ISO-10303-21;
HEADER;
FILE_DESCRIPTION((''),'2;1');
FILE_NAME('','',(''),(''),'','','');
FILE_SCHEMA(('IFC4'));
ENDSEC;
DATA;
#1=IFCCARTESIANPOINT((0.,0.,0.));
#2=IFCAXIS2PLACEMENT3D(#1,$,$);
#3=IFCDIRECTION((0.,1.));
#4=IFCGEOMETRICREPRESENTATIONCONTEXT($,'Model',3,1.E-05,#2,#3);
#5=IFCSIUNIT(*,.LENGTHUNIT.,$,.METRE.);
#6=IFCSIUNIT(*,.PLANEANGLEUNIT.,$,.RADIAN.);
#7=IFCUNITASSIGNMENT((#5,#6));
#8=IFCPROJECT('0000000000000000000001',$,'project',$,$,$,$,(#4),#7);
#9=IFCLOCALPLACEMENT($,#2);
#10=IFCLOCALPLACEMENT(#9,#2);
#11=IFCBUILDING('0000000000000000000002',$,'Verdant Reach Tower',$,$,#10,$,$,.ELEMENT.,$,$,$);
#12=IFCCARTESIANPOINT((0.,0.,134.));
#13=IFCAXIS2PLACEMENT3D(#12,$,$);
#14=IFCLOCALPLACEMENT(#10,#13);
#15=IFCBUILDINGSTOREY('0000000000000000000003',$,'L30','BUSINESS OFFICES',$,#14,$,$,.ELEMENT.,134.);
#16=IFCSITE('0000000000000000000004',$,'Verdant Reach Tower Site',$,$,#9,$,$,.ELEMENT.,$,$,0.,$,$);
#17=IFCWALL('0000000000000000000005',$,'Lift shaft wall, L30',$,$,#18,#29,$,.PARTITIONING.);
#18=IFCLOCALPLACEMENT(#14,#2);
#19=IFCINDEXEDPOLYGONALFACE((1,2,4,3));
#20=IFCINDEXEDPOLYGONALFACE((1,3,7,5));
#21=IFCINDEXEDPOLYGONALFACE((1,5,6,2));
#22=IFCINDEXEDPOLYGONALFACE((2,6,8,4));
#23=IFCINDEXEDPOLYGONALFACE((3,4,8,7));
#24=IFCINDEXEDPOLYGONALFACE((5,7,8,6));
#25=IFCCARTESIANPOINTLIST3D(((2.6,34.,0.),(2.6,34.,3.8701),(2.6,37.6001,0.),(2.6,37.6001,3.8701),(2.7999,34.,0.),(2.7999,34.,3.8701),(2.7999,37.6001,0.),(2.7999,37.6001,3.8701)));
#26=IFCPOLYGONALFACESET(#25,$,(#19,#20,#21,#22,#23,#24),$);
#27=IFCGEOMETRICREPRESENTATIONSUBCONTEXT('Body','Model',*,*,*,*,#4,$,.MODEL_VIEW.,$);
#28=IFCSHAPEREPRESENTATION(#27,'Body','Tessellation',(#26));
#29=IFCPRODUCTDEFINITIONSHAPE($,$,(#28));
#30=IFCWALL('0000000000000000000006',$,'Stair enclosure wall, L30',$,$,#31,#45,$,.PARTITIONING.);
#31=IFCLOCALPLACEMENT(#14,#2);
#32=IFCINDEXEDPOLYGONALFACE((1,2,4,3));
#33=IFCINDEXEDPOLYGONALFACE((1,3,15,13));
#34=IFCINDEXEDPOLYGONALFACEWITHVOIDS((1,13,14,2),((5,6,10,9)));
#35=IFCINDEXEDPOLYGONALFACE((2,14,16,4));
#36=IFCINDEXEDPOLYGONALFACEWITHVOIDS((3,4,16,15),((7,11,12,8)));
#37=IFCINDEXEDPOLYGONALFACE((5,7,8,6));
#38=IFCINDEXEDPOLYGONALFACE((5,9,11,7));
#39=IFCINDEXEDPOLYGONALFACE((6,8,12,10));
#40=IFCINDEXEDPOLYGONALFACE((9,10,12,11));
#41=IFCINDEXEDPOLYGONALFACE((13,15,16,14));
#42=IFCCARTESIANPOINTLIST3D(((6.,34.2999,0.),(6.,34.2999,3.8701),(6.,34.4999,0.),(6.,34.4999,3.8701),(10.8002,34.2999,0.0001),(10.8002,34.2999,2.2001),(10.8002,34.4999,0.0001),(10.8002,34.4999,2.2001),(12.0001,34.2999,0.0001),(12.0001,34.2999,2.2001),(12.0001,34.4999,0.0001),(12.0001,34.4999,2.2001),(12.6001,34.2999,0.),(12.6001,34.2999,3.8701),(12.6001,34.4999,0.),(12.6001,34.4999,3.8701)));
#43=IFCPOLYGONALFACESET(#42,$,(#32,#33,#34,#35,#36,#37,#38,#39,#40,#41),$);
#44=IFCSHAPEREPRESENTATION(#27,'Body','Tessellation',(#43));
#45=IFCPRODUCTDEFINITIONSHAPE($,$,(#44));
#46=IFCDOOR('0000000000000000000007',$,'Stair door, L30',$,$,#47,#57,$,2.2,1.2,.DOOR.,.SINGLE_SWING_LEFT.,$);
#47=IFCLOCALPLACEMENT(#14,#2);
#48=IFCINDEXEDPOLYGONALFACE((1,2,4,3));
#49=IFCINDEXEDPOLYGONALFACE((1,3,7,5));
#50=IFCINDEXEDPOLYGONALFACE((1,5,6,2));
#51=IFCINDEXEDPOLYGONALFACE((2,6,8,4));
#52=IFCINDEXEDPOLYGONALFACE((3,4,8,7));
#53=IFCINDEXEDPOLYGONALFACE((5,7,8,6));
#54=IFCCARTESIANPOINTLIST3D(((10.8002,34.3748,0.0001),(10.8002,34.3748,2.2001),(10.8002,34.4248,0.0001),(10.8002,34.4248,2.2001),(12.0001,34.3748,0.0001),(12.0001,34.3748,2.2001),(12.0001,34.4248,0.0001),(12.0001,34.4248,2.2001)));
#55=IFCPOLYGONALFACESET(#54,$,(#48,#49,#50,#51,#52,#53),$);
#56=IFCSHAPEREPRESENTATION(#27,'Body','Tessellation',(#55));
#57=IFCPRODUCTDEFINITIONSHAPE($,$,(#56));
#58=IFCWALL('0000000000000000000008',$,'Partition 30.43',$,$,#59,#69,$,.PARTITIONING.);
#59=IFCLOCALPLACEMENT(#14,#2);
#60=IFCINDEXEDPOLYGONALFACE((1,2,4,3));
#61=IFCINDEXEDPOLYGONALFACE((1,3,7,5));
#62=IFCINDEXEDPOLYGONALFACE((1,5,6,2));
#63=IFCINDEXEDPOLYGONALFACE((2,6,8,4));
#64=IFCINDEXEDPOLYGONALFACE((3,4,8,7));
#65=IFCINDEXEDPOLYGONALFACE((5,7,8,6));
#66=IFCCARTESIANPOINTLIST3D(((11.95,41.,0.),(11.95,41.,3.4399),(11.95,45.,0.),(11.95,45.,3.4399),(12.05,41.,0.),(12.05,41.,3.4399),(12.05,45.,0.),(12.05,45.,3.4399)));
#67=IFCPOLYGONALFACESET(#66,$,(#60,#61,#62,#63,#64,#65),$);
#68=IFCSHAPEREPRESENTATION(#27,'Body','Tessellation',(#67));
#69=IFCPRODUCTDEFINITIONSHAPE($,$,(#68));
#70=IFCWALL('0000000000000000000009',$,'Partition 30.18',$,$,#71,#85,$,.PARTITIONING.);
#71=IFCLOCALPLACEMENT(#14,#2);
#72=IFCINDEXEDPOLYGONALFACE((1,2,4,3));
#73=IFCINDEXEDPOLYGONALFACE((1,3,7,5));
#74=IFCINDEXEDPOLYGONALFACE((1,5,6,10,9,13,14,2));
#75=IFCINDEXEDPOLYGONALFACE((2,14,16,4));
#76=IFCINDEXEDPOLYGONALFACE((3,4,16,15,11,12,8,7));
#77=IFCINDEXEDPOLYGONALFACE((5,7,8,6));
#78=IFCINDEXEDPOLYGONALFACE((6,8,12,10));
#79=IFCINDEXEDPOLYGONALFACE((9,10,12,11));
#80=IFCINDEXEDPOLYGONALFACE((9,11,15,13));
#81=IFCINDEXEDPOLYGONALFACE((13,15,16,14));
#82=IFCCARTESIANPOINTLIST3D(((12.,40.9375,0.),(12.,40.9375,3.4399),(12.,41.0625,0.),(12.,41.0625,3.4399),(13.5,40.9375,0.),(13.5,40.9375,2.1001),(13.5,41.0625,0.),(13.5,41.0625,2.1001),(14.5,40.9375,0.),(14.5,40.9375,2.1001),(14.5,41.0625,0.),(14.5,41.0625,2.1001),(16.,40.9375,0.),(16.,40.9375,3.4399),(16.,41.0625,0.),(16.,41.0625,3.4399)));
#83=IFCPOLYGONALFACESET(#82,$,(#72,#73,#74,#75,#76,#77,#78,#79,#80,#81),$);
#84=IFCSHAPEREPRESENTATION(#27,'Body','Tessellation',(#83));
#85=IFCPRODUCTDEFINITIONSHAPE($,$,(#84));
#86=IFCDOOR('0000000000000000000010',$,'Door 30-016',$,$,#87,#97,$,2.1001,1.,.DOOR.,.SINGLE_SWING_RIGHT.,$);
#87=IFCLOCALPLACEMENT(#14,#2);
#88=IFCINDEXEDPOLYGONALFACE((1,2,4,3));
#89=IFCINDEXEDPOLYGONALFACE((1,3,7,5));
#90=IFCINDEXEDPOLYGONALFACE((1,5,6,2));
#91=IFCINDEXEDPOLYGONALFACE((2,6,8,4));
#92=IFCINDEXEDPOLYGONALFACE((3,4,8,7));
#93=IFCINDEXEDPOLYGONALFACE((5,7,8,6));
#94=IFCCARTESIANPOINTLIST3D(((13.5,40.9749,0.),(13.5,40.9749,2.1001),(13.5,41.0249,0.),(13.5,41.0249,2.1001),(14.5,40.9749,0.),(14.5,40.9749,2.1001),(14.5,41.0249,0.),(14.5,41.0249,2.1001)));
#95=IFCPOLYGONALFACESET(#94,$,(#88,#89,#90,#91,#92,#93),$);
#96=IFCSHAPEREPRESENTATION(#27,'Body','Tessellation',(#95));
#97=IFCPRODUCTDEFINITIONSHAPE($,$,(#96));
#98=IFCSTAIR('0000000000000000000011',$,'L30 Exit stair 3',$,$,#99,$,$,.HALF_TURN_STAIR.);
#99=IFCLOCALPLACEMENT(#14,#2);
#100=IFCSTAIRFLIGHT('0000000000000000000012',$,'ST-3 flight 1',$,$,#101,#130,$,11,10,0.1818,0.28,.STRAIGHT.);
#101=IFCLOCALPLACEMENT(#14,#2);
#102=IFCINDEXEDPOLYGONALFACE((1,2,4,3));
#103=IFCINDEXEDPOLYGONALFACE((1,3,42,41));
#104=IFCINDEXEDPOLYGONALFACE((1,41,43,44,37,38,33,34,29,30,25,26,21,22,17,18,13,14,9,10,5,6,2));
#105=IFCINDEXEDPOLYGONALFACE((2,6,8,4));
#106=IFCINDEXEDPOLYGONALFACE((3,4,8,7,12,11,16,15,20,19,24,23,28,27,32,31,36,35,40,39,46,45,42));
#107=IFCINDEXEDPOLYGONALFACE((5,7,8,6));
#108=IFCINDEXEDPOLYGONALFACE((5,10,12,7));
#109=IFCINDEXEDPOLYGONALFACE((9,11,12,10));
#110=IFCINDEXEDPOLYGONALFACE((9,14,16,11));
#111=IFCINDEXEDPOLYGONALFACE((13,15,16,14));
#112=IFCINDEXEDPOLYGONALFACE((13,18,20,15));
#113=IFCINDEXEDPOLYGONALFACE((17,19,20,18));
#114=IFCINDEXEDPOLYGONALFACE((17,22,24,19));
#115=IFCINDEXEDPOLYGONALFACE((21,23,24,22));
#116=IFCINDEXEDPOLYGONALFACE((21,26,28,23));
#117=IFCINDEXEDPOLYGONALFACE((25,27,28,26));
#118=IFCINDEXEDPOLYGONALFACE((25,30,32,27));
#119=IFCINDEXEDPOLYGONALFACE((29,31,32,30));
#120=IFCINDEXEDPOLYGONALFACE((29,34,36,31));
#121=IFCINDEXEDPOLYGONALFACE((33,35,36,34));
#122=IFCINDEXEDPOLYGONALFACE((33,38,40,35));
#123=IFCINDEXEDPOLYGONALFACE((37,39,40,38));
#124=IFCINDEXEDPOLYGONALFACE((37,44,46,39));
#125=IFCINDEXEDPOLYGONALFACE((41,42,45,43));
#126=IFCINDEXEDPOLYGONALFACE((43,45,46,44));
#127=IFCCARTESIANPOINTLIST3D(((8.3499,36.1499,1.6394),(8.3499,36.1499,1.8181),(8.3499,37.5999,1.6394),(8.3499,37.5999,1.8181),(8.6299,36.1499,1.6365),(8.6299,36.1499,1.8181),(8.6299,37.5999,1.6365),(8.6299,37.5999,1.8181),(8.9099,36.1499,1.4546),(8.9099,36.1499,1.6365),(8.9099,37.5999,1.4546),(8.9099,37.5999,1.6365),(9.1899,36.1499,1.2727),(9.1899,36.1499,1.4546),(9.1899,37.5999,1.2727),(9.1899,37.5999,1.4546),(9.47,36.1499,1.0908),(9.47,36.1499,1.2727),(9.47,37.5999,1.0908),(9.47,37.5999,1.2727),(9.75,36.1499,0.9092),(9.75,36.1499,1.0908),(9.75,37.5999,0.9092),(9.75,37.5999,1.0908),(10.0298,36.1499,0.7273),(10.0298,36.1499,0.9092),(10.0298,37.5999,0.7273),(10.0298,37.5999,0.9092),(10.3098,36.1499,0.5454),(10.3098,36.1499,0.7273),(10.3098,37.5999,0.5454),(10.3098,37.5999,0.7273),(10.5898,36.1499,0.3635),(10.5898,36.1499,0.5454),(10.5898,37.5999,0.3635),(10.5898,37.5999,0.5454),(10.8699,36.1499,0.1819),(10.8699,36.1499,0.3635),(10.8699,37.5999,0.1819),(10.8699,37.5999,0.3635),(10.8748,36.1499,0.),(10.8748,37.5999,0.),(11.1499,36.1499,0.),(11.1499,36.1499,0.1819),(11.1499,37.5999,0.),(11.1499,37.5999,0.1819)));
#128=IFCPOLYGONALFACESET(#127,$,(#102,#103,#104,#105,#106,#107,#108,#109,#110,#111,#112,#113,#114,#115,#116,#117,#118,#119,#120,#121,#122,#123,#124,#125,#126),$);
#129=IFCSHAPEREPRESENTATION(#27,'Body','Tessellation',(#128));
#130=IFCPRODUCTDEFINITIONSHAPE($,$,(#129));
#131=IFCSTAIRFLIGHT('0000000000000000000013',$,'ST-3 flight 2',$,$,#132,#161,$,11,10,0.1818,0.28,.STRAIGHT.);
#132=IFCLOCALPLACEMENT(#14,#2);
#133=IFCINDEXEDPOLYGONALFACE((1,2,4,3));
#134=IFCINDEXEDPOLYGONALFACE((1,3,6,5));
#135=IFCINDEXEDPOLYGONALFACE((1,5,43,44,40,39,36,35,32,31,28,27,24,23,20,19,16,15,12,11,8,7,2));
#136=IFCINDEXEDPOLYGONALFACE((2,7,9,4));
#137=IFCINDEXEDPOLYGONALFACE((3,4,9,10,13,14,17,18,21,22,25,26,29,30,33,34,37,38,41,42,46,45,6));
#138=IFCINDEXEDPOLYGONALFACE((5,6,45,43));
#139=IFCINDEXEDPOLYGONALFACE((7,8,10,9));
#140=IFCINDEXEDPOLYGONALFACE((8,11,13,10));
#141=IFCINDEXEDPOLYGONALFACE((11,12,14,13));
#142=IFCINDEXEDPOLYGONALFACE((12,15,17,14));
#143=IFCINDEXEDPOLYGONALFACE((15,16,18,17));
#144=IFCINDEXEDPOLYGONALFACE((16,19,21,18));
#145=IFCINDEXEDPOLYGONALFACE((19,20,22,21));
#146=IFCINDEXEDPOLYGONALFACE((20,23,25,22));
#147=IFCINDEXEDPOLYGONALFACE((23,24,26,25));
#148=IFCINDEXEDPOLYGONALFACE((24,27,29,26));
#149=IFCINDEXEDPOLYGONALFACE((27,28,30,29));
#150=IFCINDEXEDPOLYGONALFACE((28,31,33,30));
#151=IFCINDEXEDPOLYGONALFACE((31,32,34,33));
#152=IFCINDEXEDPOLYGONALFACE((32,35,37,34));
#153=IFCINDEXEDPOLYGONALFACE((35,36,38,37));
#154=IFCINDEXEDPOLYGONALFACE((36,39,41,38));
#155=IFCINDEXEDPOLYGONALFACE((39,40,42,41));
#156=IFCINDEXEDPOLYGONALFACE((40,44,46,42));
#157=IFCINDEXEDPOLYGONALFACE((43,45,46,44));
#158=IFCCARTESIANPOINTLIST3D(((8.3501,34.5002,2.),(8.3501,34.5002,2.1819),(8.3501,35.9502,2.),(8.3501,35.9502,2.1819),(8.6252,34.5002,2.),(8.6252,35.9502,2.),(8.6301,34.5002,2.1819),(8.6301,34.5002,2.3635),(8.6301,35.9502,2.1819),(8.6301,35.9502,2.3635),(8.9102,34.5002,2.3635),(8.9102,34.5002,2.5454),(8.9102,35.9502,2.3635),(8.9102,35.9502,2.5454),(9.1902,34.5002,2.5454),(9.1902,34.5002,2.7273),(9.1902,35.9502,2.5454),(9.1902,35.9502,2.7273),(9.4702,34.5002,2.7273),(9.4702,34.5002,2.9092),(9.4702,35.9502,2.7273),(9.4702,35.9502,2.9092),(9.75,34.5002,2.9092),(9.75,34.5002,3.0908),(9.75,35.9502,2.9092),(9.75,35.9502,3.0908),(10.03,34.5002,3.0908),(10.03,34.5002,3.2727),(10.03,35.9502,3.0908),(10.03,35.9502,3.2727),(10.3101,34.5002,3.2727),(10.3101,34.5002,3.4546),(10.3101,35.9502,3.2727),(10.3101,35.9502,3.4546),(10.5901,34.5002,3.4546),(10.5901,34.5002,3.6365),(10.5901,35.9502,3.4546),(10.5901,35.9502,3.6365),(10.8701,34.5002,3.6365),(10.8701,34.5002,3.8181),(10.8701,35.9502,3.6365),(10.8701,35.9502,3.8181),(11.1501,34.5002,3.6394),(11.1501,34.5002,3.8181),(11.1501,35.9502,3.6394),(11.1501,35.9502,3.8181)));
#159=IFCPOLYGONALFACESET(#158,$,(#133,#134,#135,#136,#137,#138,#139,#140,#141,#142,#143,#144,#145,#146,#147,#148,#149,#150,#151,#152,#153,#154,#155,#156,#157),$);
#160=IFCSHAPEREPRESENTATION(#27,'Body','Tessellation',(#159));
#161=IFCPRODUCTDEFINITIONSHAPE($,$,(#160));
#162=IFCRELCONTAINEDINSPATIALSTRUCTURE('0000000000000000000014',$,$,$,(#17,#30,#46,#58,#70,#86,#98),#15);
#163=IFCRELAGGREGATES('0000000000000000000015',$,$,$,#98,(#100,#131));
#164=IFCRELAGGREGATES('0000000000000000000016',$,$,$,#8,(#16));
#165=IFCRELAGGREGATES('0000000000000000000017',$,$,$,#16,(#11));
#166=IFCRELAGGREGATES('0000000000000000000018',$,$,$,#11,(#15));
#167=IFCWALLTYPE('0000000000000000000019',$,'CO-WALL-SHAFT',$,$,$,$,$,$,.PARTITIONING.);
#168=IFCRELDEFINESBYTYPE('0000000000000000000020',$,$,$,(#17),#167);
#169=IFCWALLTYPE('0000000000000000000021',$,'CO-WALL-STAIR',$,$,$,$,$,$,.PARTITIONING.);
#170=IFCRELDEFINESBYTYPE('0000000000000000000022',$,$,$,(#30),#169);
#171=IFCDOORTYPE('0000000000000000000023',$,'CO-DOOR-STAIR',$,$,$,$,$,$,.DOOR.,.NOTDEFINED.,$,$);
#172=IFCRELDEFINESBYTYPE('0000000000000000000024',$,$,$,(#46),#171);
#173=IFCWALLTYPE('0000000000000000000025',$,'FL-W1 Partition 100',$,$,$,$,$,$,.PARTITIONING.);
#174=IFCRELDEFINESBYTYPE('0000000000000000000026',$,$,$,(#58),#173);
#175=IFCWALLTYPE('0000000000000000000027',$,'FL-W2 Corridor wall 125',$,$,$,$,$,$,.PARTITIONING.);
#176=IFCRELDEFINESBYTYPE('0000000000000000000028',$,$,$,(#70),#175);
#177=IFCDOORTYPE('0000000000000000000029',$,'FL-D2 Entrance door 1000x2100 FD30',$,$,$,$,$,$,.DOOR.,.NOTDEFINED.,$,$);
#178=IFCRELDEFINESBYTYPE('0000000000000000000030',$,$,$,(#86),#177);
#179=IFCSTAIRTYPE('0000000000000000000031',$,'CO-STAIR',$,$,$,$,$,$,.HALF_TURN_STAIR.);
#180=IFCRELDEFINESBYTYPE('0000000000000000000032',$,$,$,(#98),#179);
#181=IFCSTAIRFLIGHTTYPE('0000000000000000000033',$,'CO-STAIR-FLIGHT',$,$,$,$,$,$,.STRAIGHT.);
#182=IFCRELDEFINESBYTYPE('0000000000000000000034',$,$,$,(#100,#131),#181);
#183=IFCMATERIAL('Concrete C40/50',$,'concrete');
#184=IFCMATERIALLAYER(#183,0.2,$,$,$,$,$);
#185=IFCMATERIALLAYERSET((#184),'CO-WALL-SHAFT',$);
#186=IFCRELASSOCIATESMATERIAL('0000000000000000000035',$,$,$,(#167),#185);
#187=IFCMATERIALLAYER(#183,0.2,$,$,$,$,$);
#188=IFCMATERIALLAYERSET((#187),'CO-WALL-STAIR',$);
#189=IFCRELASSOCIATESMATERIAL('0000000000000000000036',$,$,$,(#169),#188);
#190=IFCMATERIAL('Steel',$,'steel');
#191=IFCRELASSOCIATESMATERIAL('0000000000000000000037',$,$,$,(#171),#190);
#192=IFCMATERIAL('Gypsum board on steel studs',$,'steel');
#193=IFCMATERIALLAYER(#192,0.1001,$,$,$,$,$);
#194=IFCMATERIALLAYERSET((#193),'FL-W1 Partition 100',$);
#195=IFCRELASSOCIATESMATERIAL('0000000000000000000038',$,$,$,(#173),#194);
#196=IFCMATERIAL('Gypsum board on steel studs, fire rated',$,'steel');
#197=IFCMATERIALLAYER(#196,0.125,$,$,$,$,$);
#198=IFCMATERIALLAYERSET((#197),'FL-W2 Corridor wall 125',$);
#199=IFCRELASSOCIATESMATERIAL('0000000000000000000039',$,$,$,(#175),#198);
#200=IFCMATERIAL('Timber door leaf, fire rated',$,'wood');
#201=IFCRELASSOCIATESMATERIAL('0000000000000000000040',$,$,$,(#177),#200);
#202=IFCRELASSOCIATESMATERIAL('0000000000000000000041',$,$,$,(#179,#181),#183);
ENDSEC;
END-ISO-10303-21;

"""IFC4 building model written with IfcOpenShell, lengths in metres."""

from ifc_helpers import new_model, si_unit, direction, frame, frame_2d, origin, place, context, subcontext, project, spatial, polyline, rectangle, outline, extrude, material, layer, layer_set, type_object, element, fill, aggregate, save


model = new_model("IFC4")

# Units and contexts
model_context = context("Model", 3, precision=1e-05, world=origin(), true_north=direction((0.0, 1.0)))
body_context = subcontext(model_context, "Body", "Model", "MODEL_VIEW")
ifc_project = project(units=[si_unit("LENGTHUNIT", "METRE"), si_unit("PLANEANGLEUNIT", "RADIAN")], contexts=[model_context])

# Site, building, storey
site_placement = place(None, origin())
site = spatial("IfcSite", under=ifc_project, at=site_placement, Name="Verdant Reach Tower Site", CompositionType="ELEMENT", RefElevation=0.0)
building_placement = place(site_placement, origin())
building = spatial("IfcBuilding", under=site, at=building_placement, Name="Verdant Reach Tower", CompositionType="ELEMENT")
storey_placement = place(building_placement, frame((0.0, 0.0, 134.0)))
storey = spatial("IfcBuildingStorey", under=building, at=storey_placement, Name="L30", Description="BUSINESS OFFICES", CompositionType="ELEMENT", Elevation=134.0)

# Wall
ifc_material_1 = material(Name="Concrete C40/50", Category="concrete")
ifc_layer_1 = layer(ifc_material_1, 0.2)
ifc_layer_set_1 = layer_set([ifc_layer_1], Name="CO-WALL-SHAFT")
wall_type_1 = type_object("IfcWallType", Name="CO-WALL-SHAFT", PredefinedType="PARTITIONING", material=ifc_layer_set_1)
for number, where, z_axis, x_axis, name in (
    (1, (2.7, 34.0, 0.0), (0.0, 0.0, 1.0), (0.0, 1.0, 0.0), "Lift shaft wall, L30"),
):
    element("IfcWall", number, at=place(storey_placement, frame(where, z_axis=z_axis, x_axis=x_axis)), inside=storey, type_object=wall_type_1, Name=name, PredefinedType="PARTITIONING", context=body_context, shape_type="SweptSolid", body=[
        extrude(rectangle(XDim=3.6001, YDim=0.2, at=frame_2d((1.8, 0.0))), origin(), (0.0, 0.0, 1.0), 3.8701),
    ])

# Wall, opening, door
ifc_layer_2 = layer(ifc_material_1, 0.2)
ifc_layer_set_2 = layer_set([ifc_layer_2], Name="CO-WALL-STAIR")
wall_type_2 = type_object("IfcWallType", Name="CO-WALL-STAIR", PredefinedType="PARTITIONING", material=ifc_layer_set_2)
wall_1_placement = place(storey_placement, frame((6.0, 34.3999, 0.0), z_axis=(0.0, 0.0, 1.0), x_axis=(1.0, 0.0, 0.0)))
wall_1 = element("IfcWall", 2, at=wall_1_placement, inside=storey, type_object=wall_type_2, Name="Stair enclosure wall, L30", PredefinedType="PARTITIONING", context=body_context, shape_type="SweptSolid", body=[
    extrude(rectangle(XDim=6.6001, YDim=0.2, at=frame_2d((3.3, 0.0))), origin(), (0.0, 0.0, 1.0), 3.8701),
])
opening_1_placement = place(wall_1_placement, frame((4.8, 0.0, 0.0)))
opening_1 = element("IfcOpeningElement", 3, at=opening_1_placement, cuts=wall_1, PredefinedType="OPENING", context=body_context, shape_type="SweptSolid", body=[
    extrude(rectangle(XDim=1.2, YDim=2.2, at=frame_2d((0.6001, 1.1001))), frame((0.0, 0.1099, 0.0), z_axis=(0.0, -1.0, 0.0), x_axis=(1.0, 0.0, 0.0)), (0.0, 0.0, 1.0), 0.22),
])
ifc_material_2 = material(Name="Steel", Category="steel")
door_type_1 = type_object("IfcDoorType", Name="CO-DOOR-STAIR", OperationType="NOTDEFINED", PredefinedType="DOOR", material=ifc_material_2)
door_1_placement = place(opening_1_placement, origin())
door_1 = element("IfcDoor", 4, at=door_1_placement, inside=storey, type_object=door_type_1, Name="Stair door, L30", OperationType="SINGLE_SWING_LEFT", OverallHeight=2.2, OverallWidth=1.2, PredefinedType="DOOR", context=body_context, shape_type="SweptSolid", body=[
    extrude(rectangle(XDim=1.2, YDim=2.2, at=frame_2d((0.6001, 1.1001))), frame((0.0, 0.0249, 0.0), z_axis=(0.0, -1.0, 0.0), x_axis=(1.0, 0.0, 0.0)), (0.0, 0.0, 1.0), 0.05),
])
fill(opening_1, door_1)

# Wall
ifc_material_3 = material(Name="Gypsum board on steel studs", Category="steel")
ifc_layer_3 = layer(ifc_material_3, 0.1001)
ifc_layer_set_3 = layer_set([ifc_layer_3], Name="FL-W1 Partition 100")
wall_type_3 = type_object("IfcWallType", Name="FL-W1 Partition 100", PredefinedType="PARTITIONING", material=ifc_layer_set_3)
wall_2_placement = place(storey_placement, frame((12.0, 41.0, 0.0), z_axis=(0.0, 0.0, 1.0), x_axis=(0.0, 1.0, 0.0)))
element("IfcWall", 5, at=wall_2_placement, inside=storey, type_object=wall_type_3, Name="Partition 30.43", PredefinedType="PARTITIONING", context=body_context, shape_type="SweptSolid", body=[
    extrude(rectangle(XDim=4.0, YDim=0.1001, at=frame_2d((2.0, 0.0))), origin(), (0.0, 0.0, 1.0), 3.4399),
])

# Wall, opening, door
ifc_material_4 = material(Name="Gypsum board on steel studs, fire rated", Category="steel")
ifc_layer_4 = layer(ifc_material_4, 0.125)
ifc_layer_set_4 = layer_set([ifc_layer_4], Name="FL-W2 Corridor wall 125")
wall_type_4 = type_object("IfcWallType", Name="FL-W2 Corridor wall 125", PredefinedType="PARTITIONING", material=ifc_layer_set_4)
wall_3_placement = place(storey_placement, frame((12.0, 41.0, 0.0), z_axis=(0.0, 0.0, 1.0), x_axis=(1.0, 0.0, 0.0)))
wall_3 = element("IfcWall", 6, at=wall_3_placement, inside=storey, type_object=wall_type_4, Name="Partition 30.18", PredefinedType="PARTITIONING", context=body_context, shape_type="SweptSolid", body=[
    extrude(rectangle(XDim=4.0, YDim=0.125, at=frame_2d((2.0, 0.0))), origin(), (0.0, 0.0, 1.0), 3.4399),
])
opening_2_placement = place(wall_3_placement, frame((1.5, 0.0, 0.0)))
opening_2 = element("IfcOpeningElement", 7, at=opening_2_placement, cuts=wall_3, PredefinedType="OPENING", context=body_context, shape_type="SweptSolid", body=[
    extrude(rectangle(XDim=1.0, YDim=2.1001, at=frame_2d((0.5, 1.05))), frame((0.0, 0.0725, 0.0), z_axis=(0.0, -1.0, 0.0), x_axis=(1.0, 0.0, 0.0)), (0.0, 0.0, 1.0), 0.145),
])
ifc_material_5 = material(Name="Timber door leaf, fire rated", Category="wood")
door_type_2 = type_object("IfcDoorType", Name="FL-D2 Entrance door 1000x2100 FD30", OperationType="NOTDEFINED", PredefinedType="DOOR", material=ifc_material_5)
door_2_placement = place(opening_2_placement, origin())
door_2 = element("IfcDoor", 8, at=door_2_placement, inside=storey, type_object=door_type_2, Name="Door 30-016", OperationType="SINGLE_SWING_RIGHT", OverallHeight=2.1001, OverallWidth=1.0, PredefinedType="DOOR", context=body_context, shape_type="SweptSolid", body=[
    extrude(rectangle(XDim=1.0, YDim=2.1001, at=frame_2d((0.5, 1.05))), frame((0.0, 0.0249, 0.0), z_axis=(0.0, -1.0, 0.0), x_axis=(1.0, 0.0, 0.0)), (0.0, 0.0, 1.0), 0.05),
])
fill(opening_2, door_2)

# Stair, stair flights
stair_type = type_object("IfcStairType", Name="CO-STAIR", PredefinedType="HALF_TURN_STAIR", material=ifc_material_1)
stair_placement = place(storey_placement, origin())
stair = element("IfcStair", 9, at=stair_placement, inside=storey, type_object=stair_type, Name="L30 Exit stair 3", PredefinedType="HALF_TURN_STAIR")
stair_flight_type = type_object("IfcStairFlightType", Name="CO-STAIR-FLIGHT", PredefinedType="STRAIGHT", material=ifc_material_1)
stair_flight_1_placement = place(storey_placement, frame((11.1499, 36.875, 0.0), z_axis=(0.0, 0.0, 1.0), x_axis=(-1.0, 0.0, 0.0)))
stair_flight_1 = element("IfcStairFlight", 10, at=stair_flight_1_placement, type_object=stair_flight_type, Name="ST-3 flight 1", NumberOfRisers=11, NumberOfTreads=10, PredefinedType="STRAIGHT", RiserHeight=0.1818, TreadLength=0.28, context=body_context, shape_type="SweptSolid", body=[
    extrude(outline(polyline([(0.0, 0.0), (0.0, 0.1819), (0.28, 0.1819), (0.28, 0.3635), (0.5601, 0.3635), (0.5601, 0.5454), (0.8401, 0.5454), (0.8401, 0.7273), (1.1201, 0.7273), (1.1201, 0.9092), (1.3999, 0.9092), (1.3999, 1.0908), (1.6799, 1.0908), (1.6799, 1.2727), (1.96, 1.2727), (1.96, 1.4546), (2.24, 1.4546), (2.24, 1.6365), (2.52, 1.6365), (2.52, 1.8181), (2.8, 1.8181), (2.8, 2.0), (2.8, 1.6394), (0.2751, 0.0), (0.0, 0.0)])), frame((0.0, 0.7251, 0.0), z_axis=(0.0, -1.0, 0.0), x_axis=(1.0, 0.0, 0.0)), (0.0, 0.0, 1.0), 1.45),
])
stair_flight_2_placement = place(storey_placement, frame((8.3501, 35.2251, 2.0), z_axis=(0.0, 0.0, 1.0), x_axis=(1.0, 0.0, 0.0)))
stair_flight_2 = element("IfcStairFlight", 11, at=stair_flight_2_placement, type_object=stair_flight_type, Name="ST-3 flight 2", NumberOfRisers=11, NumberOfTreads=10, PredefinedType="STRAIGHT", RiserHeight=0.1818, TreadLength=0.28, context=body_context, shape_type="SweptSolid", body=[
    extrude(outline(polyline([(0.0, 0.0), (0.0, 0.1819), (0.28, 0.1819), (0.28, 0.3635), (0.5601, 0.3635), (0.5601, 0.5454), (0.8401, 0.5454), (0.8401, 0.7273), (1.1201, 0.7273), (1.1201, 0.9092), (1.3999, 0.9092), (1.3999, 1.0908), (1.6799, 1.0908), (1.6799, 1.2727), (1.96, 1.2727), (1.96, 1.4546), (2.24, 1.4546), (2.24, 1.6365), (2.52, 1.6365), (2.52, 1.8181), (2.8, 1.8181), (2.8, 2.0), (2.8, 1.6394), (0.2751, 0.0), (0.0, 0.0)])), frame((0.0, 0.7251, 0.0), z_axis=(0.0, -1.0, 0.0), x_axis=(1.0, 0.0, 0.0)), (0.0, 0.0, 1.0), 1.45),
])
aggregate(stair, [stair_flight_1, stair_flight_2])

save(model, "model.ifc")
